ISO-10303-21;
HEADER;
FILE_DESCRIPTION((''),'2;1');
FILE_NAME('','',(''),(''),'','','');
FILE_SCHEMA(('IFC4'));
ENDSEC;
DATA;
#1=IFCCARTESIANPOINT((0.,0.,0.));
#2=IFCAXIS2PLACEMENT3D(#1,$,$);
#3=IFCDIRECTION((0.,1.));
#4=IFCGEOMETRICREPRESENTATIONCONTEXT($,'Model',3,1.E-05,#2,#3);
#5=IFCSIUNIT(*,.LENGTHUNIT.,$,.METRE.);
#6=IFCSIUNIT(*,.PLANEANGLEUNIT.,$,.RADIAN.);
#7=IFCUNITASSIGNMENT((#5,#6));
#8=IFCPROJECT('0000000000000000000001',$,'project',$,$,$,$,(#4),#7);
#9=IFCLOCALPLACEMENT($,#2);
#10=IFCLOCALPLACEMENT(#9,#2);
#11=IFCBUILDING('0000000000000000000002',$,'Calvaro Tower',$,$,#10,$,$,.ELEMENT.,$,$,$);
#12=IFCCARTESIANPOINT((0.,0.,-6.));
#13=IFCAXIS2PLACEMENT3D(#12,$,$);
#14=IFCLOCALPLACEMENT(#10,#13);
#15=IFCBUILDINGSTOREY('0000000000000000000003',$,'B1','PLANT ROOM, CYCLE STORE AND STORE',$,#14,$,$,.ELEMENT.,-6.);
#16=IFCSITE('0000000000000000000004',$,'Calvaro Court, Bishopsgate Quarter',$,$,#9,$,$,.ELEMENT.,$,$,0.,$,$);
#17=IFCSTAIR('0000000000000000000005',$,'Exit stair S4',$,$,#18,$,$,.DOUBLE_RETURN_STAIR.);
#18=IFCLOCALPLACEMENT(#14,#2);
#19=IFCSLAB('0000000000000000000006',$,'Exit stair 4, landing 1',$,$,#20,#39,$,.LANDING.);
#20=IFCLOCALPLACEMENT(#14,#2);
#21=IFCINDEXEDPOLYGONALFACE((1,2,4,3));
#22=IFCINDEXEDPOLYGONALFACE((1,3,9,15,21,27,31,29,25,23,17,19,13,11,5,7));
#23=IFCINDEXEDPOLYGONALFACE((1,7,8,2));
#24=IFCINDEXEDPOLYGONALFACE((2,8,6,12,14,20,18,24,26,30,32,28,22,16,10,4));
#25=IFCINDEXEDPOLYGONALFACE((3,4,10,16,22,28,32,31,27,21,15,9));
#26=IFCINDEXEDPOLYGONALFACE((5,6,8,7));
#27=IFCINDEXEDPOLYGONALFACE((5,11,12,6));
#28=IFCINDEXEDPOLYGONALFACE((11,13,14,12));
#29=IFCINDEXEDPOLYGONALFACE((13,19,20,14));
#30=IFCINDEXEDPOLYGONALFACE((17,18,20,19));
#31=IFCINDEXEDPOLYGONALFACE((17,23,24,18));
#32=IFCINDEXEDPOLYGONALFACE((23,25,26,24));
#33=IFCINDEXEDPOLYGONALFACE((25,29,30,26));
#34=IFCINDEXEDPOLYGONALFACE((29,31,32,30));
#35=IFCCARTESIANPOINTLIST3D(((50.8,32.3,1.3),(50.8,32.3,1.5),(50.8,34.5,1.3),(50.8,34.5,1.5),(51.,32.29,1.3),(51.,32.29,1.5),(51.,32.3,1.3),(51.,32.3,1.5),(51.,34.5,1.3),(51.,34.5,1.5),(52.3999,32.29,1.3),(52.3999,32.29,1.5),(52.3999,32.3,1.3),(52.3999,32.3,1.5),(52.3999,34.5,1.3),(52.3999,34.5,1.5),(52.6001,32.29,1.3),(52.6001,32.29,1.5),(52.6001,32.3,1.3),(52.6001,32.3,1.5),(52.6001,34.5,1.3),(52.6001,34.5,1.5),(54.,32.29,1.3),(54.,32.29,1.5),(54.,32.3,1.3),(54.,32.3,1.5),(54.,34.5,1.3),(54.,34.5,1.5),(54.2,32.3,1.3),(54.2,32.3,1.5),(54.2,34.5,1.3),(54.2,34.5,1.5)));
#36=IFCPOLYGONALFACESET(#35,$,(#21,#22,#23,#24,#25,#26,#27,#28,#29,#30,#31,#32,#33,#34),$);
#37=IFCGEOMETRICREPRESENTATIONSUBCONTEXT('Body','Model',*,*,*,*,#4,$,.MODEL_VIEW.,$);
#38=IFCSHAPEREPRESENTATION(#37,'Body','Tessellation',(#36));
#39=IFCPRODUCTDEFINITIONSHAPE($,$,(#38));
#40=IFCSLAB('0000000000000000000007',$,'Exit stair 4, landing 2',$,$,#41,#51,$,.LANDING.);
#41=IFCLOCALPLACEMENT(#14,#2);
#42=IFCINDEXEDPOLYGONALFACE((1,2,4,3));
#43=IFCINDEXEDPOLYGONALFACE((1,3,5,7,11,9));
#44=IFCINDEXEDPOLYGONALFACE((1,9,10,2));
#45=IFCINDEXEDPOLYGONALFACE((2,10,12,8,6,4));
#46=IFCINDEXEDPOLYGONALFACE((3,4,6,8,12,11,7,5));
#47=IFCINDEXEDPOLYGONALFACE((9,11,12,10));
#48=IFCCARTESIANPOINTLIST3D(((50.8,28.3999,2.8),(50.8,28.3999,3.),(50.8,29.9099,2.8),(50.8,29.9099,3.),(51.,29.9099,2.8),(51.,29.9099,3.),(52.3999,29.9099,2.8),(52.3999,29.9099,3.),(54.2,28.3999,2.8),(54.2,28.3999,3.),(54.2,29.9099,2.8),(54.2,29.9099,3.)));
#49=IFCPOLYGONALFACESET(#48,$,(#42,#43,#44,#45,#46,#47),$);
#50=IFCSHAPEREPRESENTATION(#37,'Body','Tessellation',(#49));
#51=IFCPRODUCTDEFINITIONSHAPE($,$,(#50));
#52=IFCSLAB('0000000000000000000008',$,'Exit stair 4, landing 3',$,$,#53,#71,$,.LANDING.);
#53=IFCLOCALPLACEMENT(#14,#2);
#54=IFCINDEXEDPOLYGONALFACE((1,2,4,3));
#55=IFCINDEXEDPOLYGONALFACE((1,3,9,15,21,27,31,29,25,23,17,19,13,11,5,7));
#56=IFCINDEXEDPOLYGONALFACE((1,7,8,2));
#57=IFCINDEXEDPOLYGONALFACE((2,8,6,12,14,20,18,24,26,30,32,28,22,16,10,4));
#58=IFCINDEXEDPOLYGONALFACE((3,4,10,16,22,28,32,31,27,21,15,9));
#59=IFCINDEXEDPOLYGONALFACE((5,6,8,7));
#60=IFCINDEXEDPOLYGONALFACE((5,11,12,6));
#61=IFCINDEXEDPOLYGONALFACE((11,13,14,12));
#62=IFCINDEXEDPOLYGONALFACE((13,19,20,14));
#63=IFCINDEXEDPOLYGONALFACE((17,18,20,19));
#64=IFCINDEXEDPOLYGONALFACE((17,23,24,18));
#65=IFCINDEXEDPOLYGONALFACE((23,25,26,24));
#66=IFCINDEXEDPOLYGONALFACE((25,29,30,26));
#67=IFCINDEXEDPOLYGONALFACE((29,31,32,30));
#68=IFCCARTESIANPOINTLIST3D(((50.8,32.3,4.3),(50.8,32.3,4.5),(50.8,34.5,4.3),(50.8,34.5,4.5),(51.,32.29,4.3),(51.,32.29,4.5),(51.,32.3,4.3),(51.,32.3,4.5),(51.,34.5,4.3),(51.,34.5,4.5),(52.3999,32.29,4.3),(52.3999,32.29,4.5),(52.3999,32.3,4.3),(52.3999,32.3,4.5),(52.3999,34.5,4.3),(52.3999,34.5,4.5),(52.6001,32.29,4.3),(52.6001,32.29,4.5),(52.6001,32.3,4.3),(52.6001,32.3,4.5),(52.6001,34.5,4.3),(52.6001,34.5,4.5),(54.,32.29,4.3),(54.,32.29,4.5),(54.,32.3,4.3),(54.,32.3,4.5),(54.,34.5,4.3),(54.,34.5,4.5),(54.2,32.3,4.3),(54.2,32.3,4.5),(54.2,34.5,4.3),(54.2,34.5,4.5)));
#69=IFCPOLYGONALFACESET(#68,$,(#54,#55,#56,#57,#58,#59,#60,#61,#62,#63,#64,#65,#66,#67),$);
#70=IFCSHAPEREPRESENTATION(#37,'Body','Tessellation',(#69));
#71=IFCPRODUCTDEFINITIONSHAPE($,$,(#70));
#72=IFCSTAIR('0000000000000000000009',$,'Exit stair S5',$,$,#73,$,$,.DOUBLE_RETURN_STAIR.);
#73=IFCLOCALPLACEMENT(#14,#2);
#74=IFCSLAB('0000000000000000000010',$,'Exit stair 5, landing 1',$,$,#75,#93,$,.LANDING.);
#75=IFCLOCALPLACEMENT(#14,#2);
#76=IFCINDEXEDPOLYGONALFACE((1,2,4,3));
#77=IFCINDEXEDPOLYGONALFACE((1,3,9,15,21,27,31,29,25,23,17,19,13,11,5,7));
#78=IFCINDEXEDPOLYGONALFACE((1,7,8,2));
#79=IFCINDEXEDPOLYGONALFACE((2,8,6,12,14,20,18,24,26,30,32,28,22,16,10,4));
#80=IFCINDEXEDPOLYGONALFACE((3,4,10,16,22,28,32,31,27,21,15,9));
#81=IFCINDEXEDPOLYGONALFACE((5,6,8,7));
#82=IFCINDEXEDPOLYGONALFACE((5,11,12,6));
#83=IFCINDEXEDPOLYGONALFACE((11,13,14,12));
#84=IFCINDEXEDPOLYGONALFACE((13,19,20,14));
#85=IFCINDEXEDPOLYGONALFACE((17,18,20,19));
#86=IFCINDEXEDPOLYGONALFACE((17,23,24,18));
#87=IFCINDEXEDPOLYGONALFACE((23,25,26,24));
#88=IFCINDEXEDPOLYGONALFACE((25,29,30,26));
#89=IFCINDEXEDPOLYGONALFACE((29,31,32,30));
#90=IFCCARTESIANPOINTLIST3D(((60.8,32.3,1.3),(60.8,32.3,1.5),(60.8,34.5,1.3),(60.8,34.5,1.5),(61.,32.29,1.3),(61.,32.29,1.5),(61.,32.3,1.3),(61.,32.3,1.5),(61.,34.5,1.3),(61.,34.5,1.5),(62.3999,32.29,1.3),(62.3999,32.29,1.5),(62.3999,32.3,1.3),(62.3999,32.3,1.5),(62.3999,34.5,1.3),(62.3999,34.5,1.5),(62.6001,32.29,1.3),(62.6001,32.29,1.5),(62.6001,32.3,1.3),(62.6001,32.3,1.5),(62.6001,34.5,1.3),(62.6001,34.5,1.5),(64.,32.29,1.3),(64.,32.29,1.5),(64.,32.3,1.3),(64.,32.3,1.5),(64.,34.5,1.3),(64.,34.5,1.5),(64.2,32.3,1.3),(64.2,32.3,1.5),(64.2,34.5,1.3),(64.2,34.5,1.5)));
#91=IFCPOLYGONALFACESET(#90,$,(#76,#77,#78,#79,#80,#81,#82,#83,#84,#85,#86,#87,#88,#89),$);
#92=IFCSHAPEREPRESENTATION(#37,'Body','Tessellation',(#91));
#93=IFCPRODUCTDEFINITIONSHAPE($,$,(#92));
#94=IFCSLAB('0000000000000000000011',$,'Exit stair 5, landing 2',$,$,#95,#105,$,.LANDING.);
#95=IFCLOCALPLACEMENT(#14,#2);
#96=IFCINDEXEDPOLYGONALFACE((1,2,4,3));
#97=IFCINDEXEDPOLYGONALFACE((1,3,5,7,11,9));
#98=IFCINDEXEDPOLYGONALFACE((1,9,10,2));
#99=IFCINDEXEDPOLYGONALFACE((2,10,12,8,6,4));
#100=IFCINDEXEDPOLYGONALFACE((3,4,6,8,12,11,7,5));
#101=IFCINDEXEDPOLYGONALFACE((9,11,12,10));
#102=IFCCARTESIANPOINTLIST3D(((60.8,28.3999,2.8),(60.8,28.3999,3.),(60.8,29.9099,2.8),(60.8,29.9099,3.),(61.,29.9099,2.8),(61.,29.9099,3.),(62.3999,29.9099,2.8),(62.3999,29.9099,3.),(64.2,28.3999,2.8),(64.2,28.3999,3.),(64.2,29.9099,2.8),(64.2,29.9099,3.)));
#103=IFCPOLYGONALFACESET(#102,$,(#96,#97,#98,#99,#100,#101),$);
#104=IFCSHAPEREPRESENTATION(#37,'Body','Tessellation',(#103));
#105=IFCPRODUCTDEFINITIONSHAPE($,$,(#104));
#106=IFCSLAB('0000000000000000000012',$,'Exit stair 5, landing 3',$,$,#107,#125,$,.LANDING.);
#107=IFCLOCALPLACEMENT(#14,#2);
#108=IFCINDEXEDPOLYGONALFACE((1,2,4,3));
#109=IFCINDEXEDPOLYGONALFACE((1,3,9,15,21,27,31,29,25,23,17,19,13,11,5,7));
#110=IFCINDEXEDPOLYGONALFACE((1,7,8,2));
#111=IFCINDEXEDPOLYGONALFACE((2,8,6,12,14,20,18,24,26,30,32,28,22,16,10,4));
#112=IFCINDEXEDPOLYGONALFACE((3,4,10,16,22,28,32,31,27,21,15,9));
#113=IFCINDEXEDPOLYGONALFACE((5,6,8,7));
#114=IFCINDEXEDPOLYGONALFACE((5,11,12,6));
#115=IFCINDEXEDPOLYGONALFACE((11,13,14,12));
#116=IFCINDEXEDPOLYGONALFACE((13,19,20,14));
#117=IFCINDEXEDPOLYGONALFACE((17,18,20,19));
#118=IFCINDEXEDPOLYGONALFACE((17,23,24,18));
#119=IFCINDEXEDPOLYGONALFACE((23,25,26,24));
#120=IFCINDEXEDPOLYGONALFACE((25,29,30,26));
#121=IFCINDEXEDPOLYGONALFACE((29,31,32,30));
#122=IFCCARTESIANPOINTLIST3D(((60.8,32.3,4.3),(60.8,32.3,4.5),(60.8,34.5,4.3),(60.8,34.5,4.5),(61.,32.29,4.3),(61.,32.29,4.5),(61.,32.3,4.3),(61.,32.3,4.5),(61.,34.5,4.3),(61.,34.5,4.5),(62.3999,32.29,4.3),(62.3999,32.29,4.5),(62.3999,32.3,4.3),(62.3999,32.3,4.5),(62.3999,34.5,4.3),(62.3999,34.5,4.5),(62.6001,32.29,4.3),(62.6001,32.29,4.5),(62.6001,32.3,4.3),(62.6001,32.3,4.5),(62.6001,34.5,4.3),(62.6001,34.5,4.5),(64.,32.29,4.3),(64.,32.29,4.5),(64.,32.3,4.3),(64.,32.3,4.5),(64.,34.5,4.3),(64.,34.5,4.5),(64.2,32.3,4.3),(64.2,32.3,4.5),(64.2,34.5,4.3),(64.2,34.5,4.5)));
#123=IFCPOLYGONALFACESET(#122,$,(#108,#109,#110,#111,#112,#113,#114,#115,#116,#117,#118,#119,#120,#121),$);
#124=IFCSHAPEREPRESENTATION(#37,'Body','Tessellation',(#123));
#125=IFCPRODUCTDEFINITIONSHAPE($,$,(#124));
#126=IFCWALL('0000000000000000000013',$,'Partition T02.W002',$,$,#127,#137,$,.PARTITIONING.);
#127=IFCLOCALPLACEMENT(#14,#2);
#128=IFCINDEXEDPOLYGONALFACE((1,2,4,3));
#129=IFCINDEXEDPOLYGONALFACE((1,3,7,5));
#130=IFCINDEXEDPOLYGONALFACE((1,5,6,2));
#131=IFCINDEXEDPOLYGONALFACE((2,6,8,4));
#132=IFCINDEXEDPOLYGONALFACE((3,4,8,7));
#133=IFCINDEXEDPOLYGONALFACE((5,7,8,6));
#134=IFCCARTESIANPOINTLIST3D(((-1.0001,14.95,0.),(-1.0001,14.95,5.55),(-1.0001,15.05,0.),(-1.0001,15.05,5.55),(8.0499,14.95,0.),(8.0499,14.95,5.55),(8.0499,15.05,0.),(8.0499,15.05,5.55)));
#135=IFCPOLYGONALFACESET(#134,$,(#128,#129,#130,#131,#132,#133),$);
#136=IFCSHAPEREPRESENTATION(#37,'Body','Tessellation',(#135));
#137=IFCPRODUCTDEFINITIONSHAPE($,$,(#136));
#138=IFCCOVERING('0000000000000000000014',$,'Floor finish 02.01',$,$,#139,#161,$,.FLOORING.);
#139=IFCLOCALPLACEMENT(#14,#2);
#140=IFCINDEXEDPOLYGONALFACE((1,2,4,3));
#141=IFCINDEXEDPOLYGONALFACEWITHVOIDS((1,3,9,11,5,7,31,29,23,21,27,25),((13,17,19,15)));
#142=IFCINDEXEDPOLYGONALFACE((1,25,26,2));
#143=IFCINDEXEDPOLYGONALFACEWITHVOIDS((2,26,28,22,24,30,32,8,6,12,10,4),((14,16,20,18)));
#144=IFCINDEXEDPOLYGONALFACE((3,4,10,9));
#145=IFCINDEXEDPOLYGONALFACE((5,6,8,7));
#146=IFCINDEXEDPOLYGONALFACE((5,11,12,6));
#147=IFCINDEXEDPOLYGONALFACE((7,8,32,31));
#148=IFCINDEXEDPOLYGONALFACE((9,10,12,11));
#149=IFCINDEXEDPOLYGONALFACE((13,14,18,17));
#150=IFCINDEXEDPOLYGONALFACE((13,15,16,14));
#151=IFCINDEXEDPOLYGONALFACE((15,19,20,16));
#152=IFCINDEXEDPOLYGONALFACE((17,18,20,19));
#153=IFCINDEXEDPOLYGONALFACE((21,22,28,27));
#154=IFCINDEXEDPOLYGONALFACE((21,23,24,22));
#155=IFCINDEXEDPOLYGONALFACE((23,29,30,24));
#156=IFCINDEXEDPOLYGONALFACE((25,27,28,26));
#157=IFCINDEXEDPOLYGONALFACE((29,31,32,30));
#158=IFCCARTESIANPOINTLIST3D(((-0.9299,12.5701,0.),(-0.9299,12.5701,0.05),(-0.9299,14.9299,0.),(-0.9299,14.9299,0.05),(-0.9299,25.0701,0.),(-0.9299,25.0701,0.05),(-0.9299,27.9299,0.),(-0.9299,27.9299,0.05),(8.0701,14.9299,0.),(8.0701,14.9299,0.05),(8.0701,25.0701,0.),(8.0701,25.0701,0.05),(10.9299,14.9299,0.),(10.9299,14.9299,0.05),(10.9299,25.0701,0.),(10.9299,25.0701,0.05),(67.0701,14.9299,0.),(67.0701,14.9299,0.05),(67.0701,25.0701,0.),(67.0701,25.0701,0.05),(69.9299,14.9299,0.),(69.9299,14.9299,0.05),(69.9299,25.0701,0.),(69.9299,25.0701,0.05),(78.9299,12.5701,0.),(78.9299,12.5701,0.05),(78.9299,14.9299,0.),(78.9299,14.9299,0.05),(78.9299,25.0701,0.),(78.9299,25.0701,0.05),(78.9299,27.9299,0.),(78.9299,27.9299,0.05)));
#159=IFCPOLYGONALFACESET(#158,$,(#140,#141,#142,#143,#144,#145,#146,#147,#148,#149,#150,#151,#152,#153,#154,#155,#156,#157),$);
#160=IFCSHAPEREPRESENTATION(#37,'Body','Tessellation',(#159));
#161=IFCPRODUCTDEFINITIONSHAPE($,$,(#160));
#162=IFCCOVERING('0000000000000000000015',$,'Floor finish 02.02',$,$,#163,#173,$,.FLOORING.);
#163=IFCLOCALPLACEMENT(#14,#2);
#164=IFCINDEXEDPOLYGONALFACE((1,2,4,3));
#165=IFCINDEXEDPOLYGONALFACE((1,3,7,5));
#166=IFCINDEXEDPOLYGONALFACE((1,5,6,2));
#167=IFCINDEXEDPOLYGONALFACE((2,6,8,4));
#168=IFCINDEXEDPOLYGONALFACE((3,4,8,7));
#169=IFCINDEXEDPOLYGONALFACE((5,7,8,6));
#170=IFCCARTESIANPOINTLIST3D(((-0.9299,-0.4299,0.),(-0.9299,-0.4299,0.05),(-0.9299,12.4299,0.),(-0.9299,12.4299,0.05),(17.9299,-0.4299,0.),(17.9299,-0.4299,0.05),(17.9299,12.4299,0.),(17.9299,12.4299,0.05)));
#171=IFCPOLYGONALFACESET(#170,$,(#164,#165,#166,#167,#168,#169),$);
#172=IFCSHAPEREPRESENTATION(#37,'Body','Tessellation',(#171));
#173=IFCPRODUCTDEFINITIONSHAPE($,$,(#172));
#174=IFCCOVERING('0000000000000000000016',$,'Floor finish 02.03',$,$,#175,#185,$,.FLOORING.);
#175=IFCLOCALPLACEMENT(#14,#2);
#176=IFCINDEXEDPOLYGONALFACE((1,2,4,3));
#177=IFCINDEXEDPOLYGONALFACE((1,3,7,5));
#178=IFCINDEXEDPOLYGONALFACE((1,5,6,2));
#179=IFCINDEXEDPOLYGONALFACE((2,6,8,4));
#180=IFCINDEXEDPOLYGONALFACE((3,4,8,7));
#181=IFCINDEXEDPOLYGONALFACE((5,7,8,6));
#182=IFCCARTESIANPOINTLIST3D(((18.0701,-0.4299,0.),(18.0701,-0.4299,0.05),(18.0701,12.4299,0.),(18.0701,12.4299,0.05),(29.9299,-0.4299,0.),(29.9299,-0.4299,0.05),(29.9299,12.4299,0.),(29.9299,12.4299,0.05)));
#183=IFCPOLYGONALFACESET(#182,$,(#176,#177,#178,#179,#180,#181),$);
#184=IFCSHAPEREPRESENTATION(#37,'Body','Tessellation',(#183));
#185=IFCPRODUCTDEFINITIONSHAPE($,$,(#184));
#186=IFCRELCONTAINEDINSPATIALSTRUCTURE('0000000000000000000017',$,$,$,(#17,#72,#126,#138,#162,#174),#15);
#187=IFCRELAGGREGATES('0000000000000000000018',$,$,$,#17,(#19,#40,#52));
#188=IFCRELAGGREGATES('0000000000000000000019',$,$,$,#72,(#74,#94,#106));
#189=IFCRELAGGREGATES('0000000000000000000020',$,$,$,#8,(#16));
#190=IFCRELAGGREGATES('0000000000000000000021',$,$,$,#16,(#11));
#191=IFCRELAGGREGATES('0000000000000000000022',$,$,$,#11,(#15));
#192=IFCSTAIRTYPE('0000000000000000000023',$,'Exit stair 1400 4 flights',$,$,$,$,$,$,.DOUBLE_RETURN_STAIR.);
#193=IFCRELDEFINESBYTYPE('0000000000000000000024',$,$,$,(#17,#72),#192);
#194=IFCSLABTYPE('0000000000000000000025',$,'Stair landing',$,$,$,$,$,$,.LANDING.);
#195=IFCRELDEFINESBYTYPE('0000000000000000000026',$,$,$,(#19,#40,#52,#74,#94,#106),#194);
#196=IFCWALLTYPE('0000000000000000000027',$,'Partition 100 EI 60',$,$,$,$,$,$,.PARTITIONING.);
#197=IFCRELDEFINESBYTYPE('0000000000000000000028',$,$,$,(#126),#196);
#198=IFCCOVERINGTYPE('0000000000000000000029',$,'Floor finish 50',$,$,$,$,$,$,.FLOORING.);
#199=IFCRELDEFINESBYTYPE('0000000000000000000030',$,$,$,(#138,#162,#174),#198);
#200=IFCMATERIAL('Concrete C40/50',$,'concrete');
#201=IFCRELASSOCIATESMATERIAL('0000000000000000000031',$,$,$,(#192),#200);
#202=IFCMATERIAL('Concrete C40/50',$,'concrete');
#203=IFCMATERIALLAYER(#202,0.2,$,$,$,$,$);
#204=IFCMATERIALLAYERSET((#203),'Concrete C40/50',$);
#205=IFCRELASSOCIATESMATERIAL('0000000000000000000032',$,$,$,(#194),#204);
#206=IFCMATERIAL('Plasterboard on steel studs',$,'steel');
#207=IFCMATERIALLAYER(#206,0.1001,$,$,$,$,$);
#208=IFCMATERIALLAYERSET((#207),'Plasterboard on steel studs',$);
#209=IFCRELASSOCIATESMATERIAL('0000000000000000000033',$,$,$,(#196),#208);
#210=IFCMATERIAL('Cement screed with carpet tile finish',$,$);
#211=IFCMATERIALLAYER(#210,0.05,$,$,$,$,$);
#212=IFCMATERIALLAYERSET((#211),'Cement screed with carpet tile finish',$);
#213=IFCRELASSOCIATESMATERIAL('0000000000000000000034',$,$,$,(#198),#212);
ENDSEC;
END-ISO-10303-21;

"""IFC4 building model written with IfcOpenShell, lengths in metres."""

from ifc_helpers import new_model, si_unit, direction, frame, frame_2d, origin, place, context, subcontext, project, spatial, polyline, rectangle, outline, extrude, material, layer, layer_set, type_object, element, aggregate, save


model = new_model("IFC4")

# Units and contexts
model_context = context("Model", 3, precision=1e-05, world=origin(), true_north=direction((0.0, 1.0)))
body_context = subcontext(model_context, "Body", "Model", "MODEL_VIEW")
ifc_project = project(units=[si_unit("LENGTHUNIT", "METRE"), si_unit("PLANEANGLEUNIT", "RADIAN")], contexts=[model_context])

# Site, building, storey
site_placement = place(None, origin())
site = spatial("IfcSite", under=ifc_project, at=site_placement, Name="Calvaro Court, Bishopsgate Quarter", CompositionType="ELEMENT", RefElevation=0.0)
building_placement = place(site_placement, origin())
building = spatial("IfcBuilding", under=site, at=building_placement, Name="Calvaro Tower", CompositionType="ELEMENT")
storey_placement = place(building_placement, frame((0.0, 0.0, -6.0)))
storey = spatial("IfcBuildingStorey", under=building, at=storey_placement, Name="B1", Description="PLANT ROOM, CYCLE STORE AND STORE", CompositionType="ELEMENT", Elevation=-6.0)

# Stairs, slabs
ifc_material_1 = material(Name="Concrete C40/50", Category="concrete")
stair_type = type_object("IfcStairType", Name="Exit stair 1400 4 flights", PredefinedType="DOUBLE_RETURN_STAIR", material=ifc_material_1)
stair_1_placement = place(storey_placement, origin())
stair_1 = element("IfcStair", 1, at=stair_1_placement, inside=storey, type_object=stair_type, Name="Exit stair S4", PredefinedType="DOUBLE_RETURN_STAIR")
ifc_material_2 = material(Name="Concrete C40/50", Category="concrete")
ifc_layer_1 = layer(ifc_material_2, 0.2)
ifc_layer_set_1 = layer_set([ifc_layer_1], Name="Concrete C40/50")
slab_type = type_object("IfcSlabType", Name="Stair landing", PredefinedType="LANDING", material=ifc_layer_set_1)
slab_1_placement = place(storey_placement, frame((0.0, 0.0, 1.3)))
slab_1 = element("IfcSlab", 2, at=slab_1_placement, type_object=slab_type, Name="Exit stair 4, landing 1", PredefinedType="LANDING", context=body_context, shape_type="SweptSolid", body=[
    extrude(outline(polyline([(52.3999, 32.29), (51.0, 32.29), (51.0, 32.3), (50.8, 32.3), (50.8, 34.5), (51.0, 34.5), (52.3999, 34.5), (52.6001, 34.5), (54.0, 34.5), (54.2, 34.5), (54.2, 32.3), (54.0, 32.3), (54.0, 32.29), (52.6001, 32.29), (52.6001, 32.3), (52.3999, 32.3), (52.3999, 32.29)])), origin(), (0.0, 0.0, 1.0), 0.2),
])
slab_2_placement = place(storey_placement, frame((0.0, 0.0, 2.8)))
slab_2 = element("IfcSlab", 3, at=slab_2_placement, type_object=slab_type, Name="Exit stair 4, landing 2", PredefinedType="LANDING", context=body_context, shape_type="SweptSolid", body=[
    extrude(outline(polyline([(54.2, 29.9099), (54.2, 28.3999), (50.8, 28.3999), (50.8, 29.9099), (51.0, 29.9099), (52.3999, 29.9099), (54.2, 29.9099)])), origin(), (0.0, 0.0, 1.0), 0.2),
])
slab_3_placement = place(storey_placement, frame((0.0, 0.0, 4.3)))
slab_3 = element("IfcSlab", 4, at=slab_3_placement, type_object=slab_type, Name="Exit stair 4, landing 3", PredefinedType="LANDING", context=body_context, shape_type="SweptSolid", body=[
    extrude(outline(polyline([(52.3999, 32.29), (51.0, 32.29), (51.0, 32.3), (50.8, 32.3), (50.8, 34.5), (51.0, 34.5), (52.3999, 34.5), (52.6001, 34.5), (54.0, 34.5), (54.2, 34.5), (54.2, 32.3), (54.0, 32.3), (54.0, 32.29), (52.6001, 32.29), (52.6001, 32.3), (52.3999, 32.3), (52.3999, 32.29)])), origin(), (0.0, 0.0, 1.0), 0.2),
])
aggregate(stair_1, [slab_1, slab_2, slab_3])
stair_2_placement = place(storey_placement, origin())
stair_2 = element("IfcStair", 5, at=stair_2_placement, inside=storey, type_object=stair_type, Name="Exit stair S5", PredefinedType="DOUBLE_RETURN_STAIR")
slab_4_placement = place(storey_placement, frame((0.0, 0.0, 1.3)))
slab_4 = element("IfcSlab", 6, at=slab_4_placement, type_object=slab_type, Name="Exit stair 5, landing 1", PredefinedType="LANDING", context=body_context, shape_type="SweptSolid", body=[
    extrude(outline(polyline([(62.3999, 32.29), (61.0, 32.29), (61.0, 32.3), (60.8, 32.3), (60.8, 34.5), (61.0, 34.5), (62.3999, 34.5), (62.6001, 34.5), (64.0, 34.5), (64.2, 34.5), (64.2, 32.3), (64.0, 32.3), (64.0, 32.29), (62.6001, 32.29), (62.6001, 32.3), (62.3999, 32.3), (62.3999, 32.29)])), origin(), (0.0, 0.0, 1.0), 0.2),
])
slab_5_placement = place(storey_placement, frame((0.0, 0.0, 2.8)))
slab_5 = element("IfcSlab", 7, at=slab_5_placement, type_object=slab_type, Name="Exit stair 5, landing 2", PredefinedType="LANDING", context=body_context, shape_type="SweptSolid", body=[
    extrude(outline(polyline([(64.2, 29.9099), (64.2, 28.3999), (60.8, 28.3999), (60.8, 29.9099), (61.0, 29.9099), (62.3999, 29.9099), (64.2, 29.9099)])), origin(), (0.0, 0.0, 1.0), 0.2),
])
slab_6_placement = place(storey_placement, frame((0.0, 0.0, 4.3)))
slab_6 = element("IfcSlab", 8, at=slab_6_placement, type_object=slab_type, Name="Exit stair 5, landing 3", PredefinedType="LANDING", context=body_context, shape_type="SweptSolid", body=[
    extrude(outline(polyline([(62.3999, 32.29), (61.0, 32.29), (61.0, 32.3), (60.8, 32.3), (60.8, 34.5), (61.0, 34.5), (62.3999, 34.5), (62.6001, 34.5), (64.0, 34.5), (64.2, 34.5), (64.2, 32.3), (64.0, 32.3), (64.0, 32.29), (62.6001, 32.29), (62.6001, 32.3), (62.3999, 32.3), (62.3999, 32.29)])), origin(), (0.0, 0.0, 1.0), 0.2),
])
aggregate(stair_2, [slab_4, slab_5, slab_6])

# Shared definitions
ifc_material_3 = material(Name="Plasterboard on steel studs", Category="steel")
ifc_layer_2 = layer(ifc_material_3, 0.1001)
ifc_layer_set_2 = layer_set([ifc_layer_2], Name="Plasterboard on steel studs")
wall_type = type_object("IfcWallType", Name="Partition 100 EI 60", PredefinedType="PARTITIONING", material=ifc_layer_set_2)

# Wall
wall_1_placement = place(storey_placement, frame((-1.0, 15.0, 0.0), z_axis=(0.0, 0.0, 1.0), x_axis=(1.0, 0.0, 0.0)))
element("IfcWall", 9, at=wall_1_placement, inside=storey, type_object=wall_type, Name="Partition T02.W002", PredefinedType="PARTITIONING", context=body_context, shape_type="SweptSolid", body=[
    extrude(rectangle(XDim=9.05, YDim=0.1001, at=frame_2d((4.5249, 0.0))), origin(), (0.0, 0.0, 1.0), 5.55),
])

# Coverings
ifc_material_4 = material(Name="Cement screed with carpet tile finish")
ifc_layer_3 = layer(ifc_material_4, 0.05)
ifc_layer_set_3 = layer_set([ifc_layer_3], Name="Cement screed with carpet tile finish")
covering_type = type_object("IfcCoveringType", Name="Floor finish 50", PredefinedType="FLOORING", material=ifc_layer_set_3)
covering_1_placement = place(storey_placement, origin())
element("IfcCovering", 10, at=covering_1_placement, inside=storey, type_object=covering_type, Name="Floor finish 02.01", PredefinedType="FLOORING", context=body_context, shape_type="SweptSolid", body=[
    extrude(outline(polyline([(-0.9299, 12.5701), (-0.9299, 14.9299), (8.0701, 14.9299), (8.0701, 25.0701), (-0.9299, 25.0701), (-0.9299, 27.9299), (78.9299, 27.9299), (78.9299, 25.0701), (69.9299, 25.0701), (69.9299, 14.9299), (78.9299, 14.9299), (78.9299, 12.5701), (-0.9299, 12.5701)]), holes=[polyline([(67.0701, 14.9299), (67.0701, 25.0701), (10.9299, 25.0701), (10.9299, 14.9299), (67.0701, 14.9299)])]), origin(), (0.0, 0.0, 1.0), 0.05),
])
covering_2_placement = place(storey_placement, origin())
element("IfcCovering", 11, at=covering_2_placement, inside=storey, type_object=covering_type, Name="Floor finish 02.02", PredefinedType="FLOORING", context=body_context, shape_type="SweptSolid", body=[
    extrude(outline(polyline([(17.9299, 12.4299), (17.9299, -0.4299), (-0.9299, -0.4299), (-0.9299, 12.4299), (17.9299, 12.4299)])), origin(), (0.0, 0.0, 1.0), 0.05),
])
covering_3_placement = place(storey_placement, origin())
element("IfcCovering", 12, at=covering_3_placement, inside=storey, type_object=covering_type, Name="Floor finish 02.03", PredefinedType="FLOORING", context=body_context, shape_type="SweptSolid", body=[
    extrude(outline(polyline([(18.0701, 12.4299), (29.9299, 12.4299), (29.9299, -0.4299), (18.0701, -0.4299), (18.0701, 12.4299)])), origin(), (0.0, 0.0, 1.0), 0.05),
])

save(model, "model.ifc")
